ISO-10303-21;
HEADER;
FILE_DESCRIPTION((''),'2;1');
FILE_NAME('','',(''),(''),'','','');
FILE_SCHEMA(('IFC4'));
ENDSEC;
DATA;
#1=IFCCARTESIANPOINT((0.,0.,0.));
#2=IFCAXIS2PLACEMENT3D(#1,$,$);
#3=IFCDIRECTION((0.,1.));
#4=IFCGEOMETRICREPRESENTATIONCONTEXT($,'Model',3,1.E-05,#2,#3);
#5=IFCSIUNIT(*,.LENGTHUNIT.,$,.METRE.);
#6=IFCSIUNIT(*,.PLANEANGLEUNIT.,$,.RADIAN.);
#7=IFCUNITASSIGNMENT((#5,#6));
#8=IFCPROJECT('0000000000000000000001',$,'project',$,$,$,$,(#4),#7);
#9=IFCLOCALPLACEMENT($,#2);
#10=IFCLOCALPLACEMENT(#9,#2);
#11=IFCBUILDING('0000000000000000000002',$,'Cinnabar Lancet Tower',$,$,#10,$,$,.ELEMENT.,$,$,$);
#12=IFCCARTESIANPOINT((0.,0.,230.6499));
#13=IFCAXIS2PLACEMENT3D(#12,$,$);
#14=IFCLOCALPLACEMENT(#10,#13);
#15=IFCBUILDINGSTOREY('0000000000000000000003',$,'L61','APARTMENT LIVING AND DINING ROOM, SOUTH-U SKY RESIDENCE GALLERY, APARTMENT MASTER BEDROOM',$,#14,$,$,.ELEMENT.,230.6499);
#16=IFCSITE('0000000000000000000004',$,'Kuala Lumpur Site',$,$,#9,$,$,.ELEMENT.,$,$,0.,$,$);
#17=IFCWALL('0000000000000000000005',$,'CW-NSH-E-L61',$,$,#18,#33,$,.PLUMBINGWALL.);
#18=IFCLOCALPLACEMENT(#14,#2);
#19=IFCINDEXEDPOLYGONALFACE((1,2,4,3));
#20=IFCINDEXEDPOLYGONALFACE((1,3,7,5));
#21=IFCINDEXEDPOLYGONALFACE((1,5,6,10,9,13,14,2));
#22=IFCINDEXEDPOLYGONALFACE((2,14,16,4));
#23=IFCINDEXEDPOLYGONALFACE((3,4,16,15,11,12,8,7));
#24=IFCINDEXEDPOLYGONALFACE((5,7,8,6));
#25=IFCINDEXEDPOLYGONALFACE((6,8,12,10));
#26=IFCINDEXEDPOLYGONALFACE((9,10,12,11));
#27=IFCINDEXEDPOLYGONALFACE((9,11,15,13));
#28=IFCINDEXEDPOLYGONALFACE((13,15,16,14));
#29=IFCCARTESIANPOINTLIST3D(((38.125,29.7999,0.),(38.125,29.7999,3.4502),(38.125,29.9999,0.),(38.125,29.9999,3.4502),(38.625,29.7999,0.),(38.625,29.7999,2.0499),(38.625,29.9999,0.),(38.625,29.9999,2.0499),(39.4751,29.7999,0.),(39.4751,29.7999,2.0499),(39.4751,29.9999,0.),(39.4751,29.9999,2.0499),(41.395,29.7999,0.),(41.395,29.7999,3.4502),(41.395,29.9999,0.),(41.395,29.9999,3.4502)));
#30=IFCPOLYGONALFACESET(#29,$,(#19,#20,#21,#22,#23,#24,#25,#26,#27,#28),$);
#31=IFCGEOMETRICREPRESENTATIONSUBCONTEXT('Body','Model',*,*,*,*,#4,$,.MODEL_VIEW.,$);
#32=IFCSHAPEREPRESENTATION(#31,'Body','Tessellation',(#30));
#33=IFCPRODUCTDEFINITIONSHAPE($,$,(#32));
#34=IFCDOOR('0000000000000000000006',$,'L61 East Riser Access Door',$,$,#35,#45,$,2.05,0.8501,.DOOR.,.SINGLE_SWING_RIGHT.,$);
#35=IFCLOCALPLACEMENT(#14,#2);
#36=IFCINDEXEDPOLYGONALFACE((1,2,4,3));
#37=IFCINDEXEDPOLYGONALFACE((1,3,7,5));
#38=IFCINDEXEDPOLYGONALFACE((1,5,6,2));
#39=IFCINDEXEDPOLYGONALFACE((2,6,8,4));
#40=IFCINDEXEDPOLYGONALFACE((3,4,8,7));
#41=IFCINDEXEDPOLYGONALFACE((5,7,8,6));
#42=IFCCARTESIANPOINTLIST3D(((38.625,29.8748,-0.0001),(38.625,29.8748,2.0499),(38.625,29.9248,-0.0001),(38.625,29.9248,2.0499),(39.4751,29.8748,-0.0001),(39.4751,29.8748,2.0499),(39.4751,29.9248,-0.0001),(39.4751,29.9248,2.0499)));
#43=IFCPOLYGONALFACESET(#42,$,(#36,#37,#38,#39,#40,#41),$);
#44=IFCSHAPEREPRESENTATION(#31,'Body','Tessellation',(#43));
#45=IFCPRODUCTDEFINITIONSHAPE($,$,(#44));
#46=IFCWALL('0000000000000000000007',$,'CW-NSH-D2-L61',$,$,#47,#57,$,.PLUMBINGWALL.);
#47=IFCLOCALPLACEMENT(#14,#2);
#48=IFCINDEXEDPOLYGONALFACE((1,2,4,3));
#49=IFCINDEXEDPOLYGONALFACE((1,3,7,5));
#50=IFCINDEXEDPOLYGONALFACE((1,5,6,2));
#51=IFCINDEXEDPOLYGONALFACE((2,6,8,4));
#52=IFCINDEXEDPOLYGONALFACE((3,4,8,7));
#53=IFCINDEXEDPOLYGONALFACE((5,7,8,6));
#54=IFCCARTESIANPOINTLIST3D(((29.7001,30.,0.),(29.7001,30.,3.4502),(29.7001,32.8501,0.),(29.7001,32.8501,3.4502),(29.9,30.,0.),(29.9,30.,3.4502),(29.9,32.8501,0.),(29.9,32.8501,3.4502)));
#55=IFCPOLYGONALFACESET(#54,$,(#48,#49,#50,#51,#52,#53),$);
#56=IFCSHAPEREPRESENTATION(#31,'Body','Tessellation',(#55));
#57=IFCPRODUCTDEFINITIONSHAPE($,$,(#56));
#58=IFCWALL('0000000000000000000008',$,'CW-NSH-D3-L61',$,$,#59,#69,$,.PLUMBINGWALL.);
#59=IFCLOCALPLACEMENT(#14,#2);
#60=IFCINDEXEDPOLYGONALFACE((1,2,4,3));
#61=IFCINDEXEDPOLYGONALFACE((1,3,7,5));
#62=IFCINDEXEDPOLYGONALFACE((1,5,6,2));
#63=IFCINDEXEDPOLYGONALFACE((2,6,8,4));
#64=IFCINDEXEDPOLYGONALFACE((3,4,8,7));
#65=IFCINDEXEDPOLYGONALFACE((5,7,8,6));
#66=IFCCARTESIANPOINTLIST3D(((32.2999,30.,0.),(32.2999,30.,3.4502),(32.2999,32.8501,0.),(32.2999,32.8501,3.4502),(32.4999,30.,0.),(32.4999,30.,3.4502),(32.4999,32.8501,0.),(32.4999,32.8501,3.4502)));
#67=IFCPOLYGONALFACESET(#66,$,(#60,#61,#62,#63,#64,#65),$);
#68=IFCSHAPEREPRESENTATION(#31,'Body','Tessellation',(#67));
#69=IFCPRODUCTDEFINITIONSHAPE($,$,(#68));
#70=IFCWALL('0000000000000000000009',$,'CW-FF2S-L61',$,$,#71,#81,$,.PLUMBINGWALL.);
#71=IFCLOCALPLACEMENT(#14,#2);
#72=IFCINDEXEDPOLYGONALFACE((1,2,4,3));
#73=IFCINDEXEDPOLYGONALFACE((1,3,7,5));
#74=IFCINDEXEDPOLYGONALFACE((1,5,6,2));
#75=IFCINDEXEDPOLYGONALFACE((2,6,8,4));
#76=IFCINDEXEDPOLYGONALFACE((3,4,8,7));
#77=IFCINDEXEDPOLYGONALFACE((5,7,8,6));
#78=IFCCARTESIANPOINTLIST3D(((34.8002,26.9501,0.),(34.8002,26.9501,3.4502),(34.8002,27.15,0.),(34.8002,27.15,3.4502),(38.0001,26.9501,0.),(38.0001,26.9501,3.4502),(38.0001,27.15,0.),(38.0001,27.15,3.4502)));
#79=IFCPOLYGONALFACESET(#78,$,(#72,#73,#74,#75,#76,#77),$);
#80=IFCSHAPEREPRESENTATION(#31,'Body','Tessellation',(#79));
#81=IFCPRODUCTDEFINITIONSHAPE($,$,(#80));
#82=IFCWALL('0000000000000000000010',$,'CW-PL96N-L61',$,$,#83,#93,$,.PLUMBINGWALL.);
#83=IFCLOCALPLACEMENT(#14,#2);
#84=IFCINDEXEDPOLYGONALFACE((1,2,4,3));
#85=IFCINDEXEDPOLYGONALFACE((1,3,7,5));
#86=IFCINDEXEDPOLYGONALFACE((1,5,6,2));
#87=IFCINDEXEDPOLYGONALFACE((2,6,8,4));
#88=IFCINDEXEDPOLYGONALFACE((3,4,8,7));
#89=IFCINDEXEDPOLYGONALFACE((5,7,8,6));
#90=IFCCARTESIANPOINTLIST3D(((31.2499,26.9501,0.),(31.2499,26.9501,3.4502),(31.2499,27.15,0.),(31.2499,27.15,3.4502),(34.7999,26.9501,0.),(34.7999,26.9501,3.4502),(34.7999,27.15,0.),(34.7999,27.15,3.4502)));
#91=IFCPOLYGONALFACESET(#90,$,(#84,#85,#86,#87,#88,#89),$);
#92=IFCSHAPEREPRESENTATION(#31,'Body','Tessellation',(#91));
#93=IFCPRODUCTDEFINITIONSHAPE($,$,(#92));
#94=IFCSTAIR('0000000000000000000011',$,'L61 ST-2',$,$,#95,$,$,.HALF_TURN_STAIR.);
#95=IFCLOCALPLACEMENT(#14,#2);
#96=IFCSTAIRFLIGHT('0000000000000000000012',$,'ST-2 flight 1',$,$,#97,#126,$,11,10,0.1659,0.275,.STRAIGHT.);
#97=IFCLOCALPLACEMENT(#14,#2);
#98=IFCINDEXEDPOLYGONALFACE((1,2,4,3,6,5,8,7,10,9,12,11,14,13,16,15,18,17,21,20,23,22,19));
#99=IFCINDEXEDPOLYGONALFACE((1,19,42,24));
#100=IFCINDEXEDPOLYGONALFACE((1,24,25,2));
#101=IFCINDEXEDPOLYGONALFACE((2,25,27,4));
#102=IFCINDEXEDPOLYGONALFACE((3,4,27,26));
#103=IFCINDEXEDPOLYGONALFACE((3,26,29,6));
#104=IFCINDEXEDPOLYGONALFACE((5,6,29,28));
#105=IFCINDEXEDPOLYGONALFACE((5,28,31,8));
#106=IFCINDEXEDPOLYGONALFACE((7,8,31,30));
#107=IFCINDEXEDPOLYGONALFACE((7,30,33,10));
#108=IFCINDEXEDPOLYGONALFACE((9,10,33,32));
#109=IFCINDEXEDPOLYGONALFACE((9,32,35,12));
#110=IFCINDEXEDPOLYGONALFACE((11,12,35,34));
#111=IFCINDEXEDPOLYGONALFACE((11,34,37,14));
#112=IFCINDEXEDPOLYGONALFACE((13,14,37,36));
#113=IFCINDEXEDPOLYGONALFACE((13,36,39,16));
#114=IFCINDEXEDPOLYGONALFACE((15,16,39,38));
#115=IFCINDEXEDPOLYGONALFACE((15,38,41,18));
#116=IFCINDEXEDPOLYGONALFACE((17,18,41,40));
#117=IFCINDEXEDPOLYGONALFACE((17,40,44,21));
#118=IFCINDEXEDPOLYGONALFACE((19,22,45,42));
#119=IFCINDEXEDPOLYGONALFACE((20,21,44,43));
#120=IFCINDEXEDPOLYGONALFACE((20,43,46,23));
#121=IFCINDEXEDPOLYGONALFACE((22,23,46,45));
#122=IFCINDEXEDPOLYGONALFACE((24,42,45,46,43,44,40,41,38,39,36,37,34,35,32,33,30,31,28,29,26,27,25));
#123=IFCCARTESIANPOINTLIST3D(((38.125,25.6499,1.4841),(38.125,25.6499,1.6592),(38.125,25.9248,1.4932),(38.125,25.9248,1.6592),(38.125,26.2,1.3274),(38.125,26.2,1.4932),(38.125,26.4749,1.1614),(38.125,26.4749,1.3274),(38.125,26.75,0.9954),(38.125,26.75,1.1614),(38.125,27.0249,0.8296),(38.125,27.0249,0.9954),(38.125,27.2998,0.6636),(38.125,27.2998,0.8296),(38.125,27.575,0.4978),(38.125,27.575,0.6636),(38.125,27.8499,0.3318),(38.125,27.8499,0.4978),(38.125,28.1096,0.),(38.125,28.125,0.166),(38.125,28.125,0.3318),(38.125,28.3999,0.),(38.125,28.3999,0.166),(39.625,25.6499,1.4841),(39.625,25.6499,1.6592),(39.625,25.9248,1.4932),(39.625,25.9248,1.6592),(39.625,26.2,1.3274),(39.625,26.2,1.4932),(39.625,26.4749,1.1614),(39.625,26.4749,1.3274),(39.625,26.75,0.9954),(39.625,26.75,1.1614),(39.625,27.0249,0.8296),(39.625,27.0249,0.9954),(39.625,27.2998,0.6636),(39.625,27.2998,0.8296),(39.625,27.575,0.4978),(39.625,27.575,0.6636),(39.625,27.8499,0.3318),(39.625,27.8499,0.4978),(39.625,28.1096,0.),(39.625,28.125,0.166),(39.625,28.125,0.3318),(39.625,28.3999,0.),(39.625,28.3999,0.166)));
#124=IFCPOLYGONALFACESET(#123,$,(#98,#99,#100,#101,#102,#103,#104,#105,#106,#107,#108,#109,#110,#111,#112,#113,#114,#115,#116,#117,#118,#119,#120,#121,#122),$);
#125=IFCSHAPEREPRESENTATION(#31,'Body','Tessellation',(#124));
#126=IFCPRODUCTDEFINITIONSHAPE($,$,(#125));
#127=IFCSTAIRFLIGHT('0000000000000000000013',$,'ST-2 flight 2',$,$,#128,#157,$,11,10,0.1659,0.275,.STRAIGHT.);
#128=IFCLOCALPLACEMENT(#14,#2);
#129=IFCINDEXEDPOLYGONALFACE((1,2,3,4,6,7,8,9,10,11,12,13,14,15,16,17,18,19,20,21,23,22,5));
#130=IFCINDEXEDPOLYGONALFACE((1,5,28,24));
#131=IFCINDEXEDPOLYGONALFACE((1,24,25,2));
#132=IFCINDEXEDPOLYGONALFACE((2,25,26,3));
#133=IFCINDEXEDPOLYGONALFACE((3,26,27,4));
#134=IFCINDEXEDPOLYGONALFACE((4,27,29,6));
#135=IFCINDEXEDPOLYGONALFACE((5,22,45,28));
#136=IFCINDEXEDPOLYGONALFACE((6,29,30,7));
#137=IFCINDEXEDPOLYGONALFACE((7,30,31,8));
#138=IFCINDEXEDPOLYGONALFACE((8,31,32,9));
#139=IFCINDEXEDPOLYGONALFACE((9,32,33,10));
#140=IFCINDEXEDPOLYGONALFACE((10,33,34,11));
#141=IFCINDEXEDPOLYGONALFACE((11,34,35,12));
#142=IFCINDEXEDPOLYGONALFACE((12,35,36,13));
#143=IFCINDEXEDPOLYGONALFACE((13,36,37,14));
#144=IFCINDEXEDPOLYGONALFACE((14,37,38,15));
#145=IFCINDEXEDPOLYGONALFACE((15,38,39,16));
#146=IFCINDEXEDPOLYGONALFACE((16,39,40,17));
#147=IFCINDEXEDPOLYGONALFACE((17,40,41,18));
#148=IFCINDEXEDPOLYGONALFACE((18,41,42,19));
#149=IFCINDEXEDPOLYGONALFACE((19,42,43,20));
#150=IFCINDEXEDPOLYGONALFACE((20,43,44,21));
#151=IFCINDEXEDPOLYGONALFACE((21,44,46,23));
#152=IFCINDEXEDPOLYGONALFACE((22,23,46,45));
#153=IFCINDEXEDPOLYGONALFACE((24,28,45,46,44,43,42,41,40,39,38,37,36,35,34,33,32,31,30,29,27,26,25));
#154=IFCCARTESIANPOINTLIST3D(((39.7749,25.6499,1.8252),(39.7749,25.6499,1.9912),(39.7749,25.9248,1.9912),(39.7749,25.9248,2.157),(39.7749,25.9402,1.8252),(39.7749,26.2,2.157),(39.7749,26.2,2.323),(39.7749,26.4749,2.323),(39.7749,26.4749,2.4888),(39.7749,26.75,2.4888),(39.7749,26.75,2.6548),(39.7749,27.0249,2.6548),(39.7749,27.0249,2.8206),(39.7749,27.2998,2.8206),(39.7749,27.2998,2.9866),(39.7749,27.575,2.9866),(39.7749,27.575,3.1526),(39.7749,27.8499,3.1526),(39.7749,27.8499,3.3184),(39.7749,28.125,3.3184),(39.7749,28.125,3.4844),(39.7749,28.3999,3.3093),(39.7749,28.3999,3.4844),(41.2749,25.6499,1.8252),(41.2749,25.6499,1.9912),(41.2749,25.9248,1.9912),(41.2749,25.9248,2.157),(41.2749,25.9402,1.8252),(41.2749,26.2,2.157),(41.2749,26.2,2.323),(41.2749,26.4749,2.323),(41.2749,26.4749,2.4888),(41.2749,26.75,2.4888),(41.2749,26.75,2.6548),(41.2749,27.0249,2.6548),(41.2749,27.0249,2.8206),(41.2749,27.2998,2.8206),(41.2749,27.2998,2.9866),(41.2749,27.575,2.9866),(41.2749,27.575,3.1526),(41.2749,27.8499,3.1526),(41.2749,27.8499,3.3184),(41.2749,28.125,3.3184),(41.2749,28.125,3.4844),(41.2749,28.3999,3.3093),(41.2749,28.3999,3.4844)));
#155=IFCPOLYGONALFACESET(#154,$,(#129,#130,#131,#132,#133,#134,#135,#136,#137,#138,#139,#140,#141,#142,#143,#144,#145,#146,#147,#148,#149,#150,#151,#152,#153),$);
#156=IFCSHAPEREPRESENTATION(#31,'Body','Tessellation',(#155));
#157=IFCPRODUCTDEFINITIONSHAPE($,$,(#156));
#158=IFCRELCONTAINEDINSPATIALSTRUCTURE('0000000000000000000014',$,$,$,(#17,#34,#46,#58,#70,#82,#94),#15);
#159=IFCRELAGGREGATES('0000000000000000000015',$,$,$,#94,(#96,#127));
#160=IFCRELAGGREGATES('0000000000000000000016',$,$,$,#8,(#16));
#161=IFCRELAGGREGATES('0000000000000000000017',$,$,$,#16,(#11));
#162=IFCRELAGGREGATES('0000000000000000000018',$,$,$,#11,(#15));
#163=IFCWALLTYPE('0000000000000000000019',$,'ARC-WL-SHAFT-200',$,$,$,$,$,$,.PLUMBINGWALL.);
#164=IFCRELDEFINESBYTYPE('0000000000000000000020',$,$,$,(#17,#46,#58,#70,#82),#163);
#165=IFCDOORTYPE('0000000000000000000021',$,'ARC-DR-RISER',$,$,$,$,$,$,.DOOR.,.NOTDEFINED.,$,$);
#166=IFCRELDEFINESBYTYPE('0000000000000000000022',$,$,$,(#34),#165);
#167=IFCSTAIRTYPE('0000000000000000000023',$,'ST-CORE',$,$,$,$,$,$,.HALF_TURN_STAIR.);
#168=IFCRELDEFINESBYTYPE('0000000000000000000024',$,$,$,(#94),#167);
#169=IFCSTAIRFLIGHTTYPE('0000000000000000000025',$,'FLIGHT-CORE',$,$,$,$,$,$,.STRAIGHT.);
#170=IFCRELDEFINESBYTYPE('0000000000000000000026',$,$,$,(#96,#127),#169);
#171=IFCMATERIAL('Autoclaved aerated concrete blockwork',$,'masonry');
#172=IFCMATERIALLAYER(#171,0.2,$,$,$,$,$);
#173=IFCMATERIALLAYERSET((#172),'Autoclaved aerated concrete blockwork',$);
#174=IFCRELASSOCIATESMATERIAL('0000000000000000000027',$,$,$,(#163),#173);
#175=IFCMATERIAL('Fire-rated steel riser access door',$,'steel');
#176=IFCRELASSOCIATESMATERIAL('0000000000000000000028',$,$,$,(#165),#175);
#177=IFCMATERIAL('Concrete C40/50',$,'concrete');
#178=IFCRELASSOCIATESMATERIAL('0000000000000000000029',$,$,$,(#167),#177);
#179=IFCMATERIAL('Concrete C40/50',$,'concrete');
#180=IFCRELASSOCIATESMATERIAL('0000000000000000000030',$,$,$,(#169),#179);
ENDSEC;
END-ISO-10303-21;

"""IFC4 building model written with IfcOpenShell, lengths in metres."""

from ifc_helpers import new_model, si_unit, direction, frame, frame_2d, origin, place, context, subcontext, project, spatial, polyline, rectangle, outline, extrude, material, layer, layer_set, type_object, element, fill, aggregate, save


model = new_model("IFC4")

# Units and contexts
model_context = context("Model", 3, precision=1e-05, world=origin(), true_north=direction((0.0, 1.0)))
body_context = subcontext(model_context, "Body", "Model", "MODEL_VIEW")
ifc_project = project(units=[si_unit("LENGTHUNIT", "METRE"), si_unit("PLANEANGLEUNIT", "RADIAN")], contexts=[model_context])

# Site, building, storey
site_placement = place(None, origin())
site = spatial("IfcSite", under=ifc_project, at=site_placement, Name="Kuala Lumpur Site", CompositionType="ELEMENT", RefElevation=0.0)
building_placement = place(site_placement, origin())
building = spatial("IfcBuilding", under=site, at=building_placement, Name="Cinnabar Lancet Tower", CompositionType="ELEMENT")
storey_placement = place(building_placement, frame((0.0, 0.0, 230.6499)))
storey = spatial("IfcBuildingStorey", under=building, at=storey_placement, Name="L61", Description="APARTMENT LIVING AND DINING ROOM, SOUTH-U SKY RESIDENCE GALLERY, APARTMENT MASTER BEDROOM", CompositionType="ELEMENT", Elevation=230.6499)

# Shared definitions
ifc_material_1 = material(Name="Autoclaved aerated concrete blockwork", Category="masonry")
ifc_layer = layer(ifc_material_1, 0.2)
ifc_layer_set = layer_set([ifc_layer], Name="Autoclaved aerated concrete blockwork")
wall_type = type_object("IfcWallType", Name="ARC-WL-SHAFT-200", PredefinedType="PLUMBINGWALL", material=ifc_layer_set)

# Wall, opening, door
wall_1_placement = place(storey_placement, frame((38.125, 29.8999, 0.0), z_axis=(0.0, 0.0, 1.0), x_axis=(1.0, 0.0, 0.0)))
wall_1 = element("IfcWall", 1, at=wall_1_placement, inside=storey, type_object=wall_type, Name="CW-NSH-E-L61", PredefinedType="PLUMBINGWALL", context=body_context, shape_type="SweptSolid", body=[
    extrude(rectangle(XDim=3.27, YDim=0.2, at=frame_2d((1.635, 0.0))), origin(), (0.0, 0.0, 1.0), 3.4502),
])
opening_1_placement = place(wall_1_placement, frame((0.5, 0.0, 0.0)))
opening_1 = element("IfcOpeningElement", 2, at=opening_1_placement, cuts=wall_1, PredefinedType="OPENING", context=body_context, shape_type="SweptSolid", body=[
    extrude(rectangle(XDim=0.8501, YDim=2.05, at=frame_2d((0.425, 1.0249))), frame((0.0, 0.1099, 0.0), z_axis=(0.0, -1.0, 0.0), x_axis=(1.0, 0.0, 0.0)), (0.0, 0.0, 1.0), 0.22),
])
ifc_material_2 = material(Name="Fire-rated steel riser access door", Category="steel")
door_type_1 = type_object("IfcDoorType", Name="ARC-DR-RISER", OperationType="NOTDEFINED", PredefinedType="DOOR", material=ifc_material_2)
door_1_placement = place(opening_1_placement, origin())
door_1 = element("IfcDoor", 3, at=door_1_placement, inside=storey, type_object=door_type_1, Name="L61 East Riser Access Door", OperationType="SINGLE_SWING_RIGHT", OverallHeight=2.05, OverallWidth=0.8501, PredefinedType="DOOR", context=body_context, shape_type="SweptSolid", body=[
    extrude(rectangle(XDim=0.8501, YDim=2.05, at=frame_2d((0.425, 1.0249))), frame((0.0, 0.0249, 0.0), z_axis=(0.0, -1.0, 0.0), x_axis=(1.0, 0.0, 0.0)), (0.0, 0.0, 1.0), 0.05),
])
fill(opening_1, door_1)

# Walls
for number, where, z_axis, x_axis, name in (
    (4, (29.8, 30.0, 0.0), (0.0, 0.0, 1.0), (0.0, 1.0, 0.0), "CW-NSH-D2-L61"),
    (5, (32.3999, 30.0, 0.0), (0.0, 0.0, 1.0), (0.0, 1.0, 0.0), "CW-NSH-D3-L61"),
):
    element("IfcWall", number, at=place(storey_placement, frame(where, z_axis=z_axis, x_axis=x_axis)), inside=storey, type_object=wall_type, Name=name, PredefinedType="PLUMBINGWALL", context=body_context, shape_type="SweptSolid", body=[
        extrude(rectangle(XDim=2.8501, YDim=0.2, at=frame_2d((1.425, 0.0))), origin(), (0.0, 0.0, 1.0), 3.4502),
    ])

# Walls
wall_2_placement = place(storey_placement, frame((34.8, 27.05, 0.0), z_axis=(0.0, 0.0, 1.0), x_axis=(1.0, 0.0, 0.0)))
element("IfcWall", 6, at=wall_2_placement, inside=storey, type_object=wall_type, Name="CW-FF2S-L61", PredefinedType="PLUMBINGWALL", context=body_context, shape_type="SweptSolid", body=[
    extrude(rectangle(XDim=3.2, YDim=0.2, at=frame_2d((1.6001, 0.0))), origin(), (0.0, 0.0, 1.0), 3.4502),
])
wall_3_placement = place(storey_placement, frame((31.25, 27.05, 0.0), z_axis=(0.0, 0.0, 1.0), x_axis=(1.0, 0.0, 0.0)))
element("IfcWall", 7, at=wall_3_placement, inside=storey, type_object=wall_type, Name="CW-PL96N-L61", PredefinedType="PLUMBINGWALL", context=body_context, shape_type="SweptSolid", body=[
    extrude(rectangle(XDim=3.55, YDim=0.2, at=frame_2d((1.7749, 0.0))), origin(), (0.0, 0.0, 1.0), 3.4502),
])

# Stair, stair flights
ifc_material_3 = material(Name="Concrete C40/50", Category="concrete")
stair_type = type_object("IfcStairType", Name="ST-CORE", PredefinedType="HALF_TURN_STAIR", material=ifc_material_3)
stair_placement = place(storey_placement, origin())
stair = element("IfcStair", 8, at=stair_placement, inside=storey, type_object=stair_type, Name="L61 ST-2", PredefinedType="HALF_TURN_STAIR")
ifc_material_4 = material(Name="Concrete C40/50", Category="concrete")
stair_flight_type = type_object("IfcStairFlightType", Name="FLIGHT-CORE", PredefinedType="STRAIGHT", material=ifc_material_4)
stair_flight_1_placement = place(storey_placement, frame((38.875, 28.3999, 0.0), z_axis=(0.0, 0.0, 1.0), x_axis=(0.0, -1.0, 0.0)))
stair_flight_1 = element("IfcStairFlight", 9, at=stair_flight_1_placement, type_object=stair_flight_type, Name="ST-2 flight 1", NumberOfRisers=11, NumberOfTreads=10, PredefinedType="STRAIGHT", RiserHeight=0.1659, TreadLength=0.275, context=body_context, shape_type="SweptSolid", body=[
    extrude(outline(polyline([(0.0, 0.0), (0.0, 0.166), (0.2749, 0.166), (0.2749, 0.3318), (0.55, 0.3318), (0.55, 0.4978), (0.825, 0.4978), (0.825, 0.6636), (1.1001, 0.6636), (1.1001, 0.8296), (1.375, 0.8296), (1.375, 0.9954), (1.6499, 0.9954), (1.6499, 1.1614), (1.925, 1.1614), (1.925, 1.3274), (2.2, 1.3274), (2.2, 1.4932), (2.4751, 1.4932), (2.4751, 1.6592), (2.75, 1.6592), (2.75, 1.825), (2.75, 1.4841), (0.2903, 0.0), (0.0, 0.0)])), frame((0.0, 0.75, 0.0), z_axis=(0.0, -1.0, 0.0), x_axis=(1.0, 0.0, 0.0)), (0.0, 0.0, 1.0), 1.5),
])
stair_flight_2_placement = place(storey_placement, frame((40.5249, 25.6499, 1.8252), z_axis=(0.0, 0.0, 1.0), x_axis=(0.0, 1.0, 0.0)))
stair_flight_2 = element("IfcStairFlight", 10, at=stair_flight_2_placement, type_object=stair_flight_type, Name="ST-2 flight 2", NumberOfRisers=11, NumberOfTreads=10, PredefinedType="STRAIGHT", RiserHeight=0.1659, TreadLength=0.275, context=body_context, shape_type="SweptSolid", body=[
    extrude(outline(polyline([(0.0, 0.0), (0.0, 0.166), (0.2749, 0.166), (0.2749, 0.3318), (0.55, 0.3318), (0.55, 0.4978), (0.825, 0.4978), (0.825, 0.6636), (1.1001, 0.6636), (1.1001, 0.8296), (1.375, 0.8296), (1.375, 0.9954), (1.6499, 0.9954), (1.6499, 1.1614), (1.925, 1.1614), (1.925, 1.3274), (2.2, 1.3274), (2.2, 1.4932), (2.4751, 1.4932), (2.4751, 1.6592), (2.75, 1.6592), (2.75, 1.825), (2.75, 1.4841), (0.2903, 0.0), (0.0, 0.0)])), frame((0.0, 0.75, 0.0), z_axis=(0.0, -1.0, 0.0), x_axis=(1.0, 0.0, 0.0)), (0.0, 0.0, 1.0), 1.5),
])
aggregate(stair, [stair_flight_1, stair_flight_2])

save(model, "model.ifc")
